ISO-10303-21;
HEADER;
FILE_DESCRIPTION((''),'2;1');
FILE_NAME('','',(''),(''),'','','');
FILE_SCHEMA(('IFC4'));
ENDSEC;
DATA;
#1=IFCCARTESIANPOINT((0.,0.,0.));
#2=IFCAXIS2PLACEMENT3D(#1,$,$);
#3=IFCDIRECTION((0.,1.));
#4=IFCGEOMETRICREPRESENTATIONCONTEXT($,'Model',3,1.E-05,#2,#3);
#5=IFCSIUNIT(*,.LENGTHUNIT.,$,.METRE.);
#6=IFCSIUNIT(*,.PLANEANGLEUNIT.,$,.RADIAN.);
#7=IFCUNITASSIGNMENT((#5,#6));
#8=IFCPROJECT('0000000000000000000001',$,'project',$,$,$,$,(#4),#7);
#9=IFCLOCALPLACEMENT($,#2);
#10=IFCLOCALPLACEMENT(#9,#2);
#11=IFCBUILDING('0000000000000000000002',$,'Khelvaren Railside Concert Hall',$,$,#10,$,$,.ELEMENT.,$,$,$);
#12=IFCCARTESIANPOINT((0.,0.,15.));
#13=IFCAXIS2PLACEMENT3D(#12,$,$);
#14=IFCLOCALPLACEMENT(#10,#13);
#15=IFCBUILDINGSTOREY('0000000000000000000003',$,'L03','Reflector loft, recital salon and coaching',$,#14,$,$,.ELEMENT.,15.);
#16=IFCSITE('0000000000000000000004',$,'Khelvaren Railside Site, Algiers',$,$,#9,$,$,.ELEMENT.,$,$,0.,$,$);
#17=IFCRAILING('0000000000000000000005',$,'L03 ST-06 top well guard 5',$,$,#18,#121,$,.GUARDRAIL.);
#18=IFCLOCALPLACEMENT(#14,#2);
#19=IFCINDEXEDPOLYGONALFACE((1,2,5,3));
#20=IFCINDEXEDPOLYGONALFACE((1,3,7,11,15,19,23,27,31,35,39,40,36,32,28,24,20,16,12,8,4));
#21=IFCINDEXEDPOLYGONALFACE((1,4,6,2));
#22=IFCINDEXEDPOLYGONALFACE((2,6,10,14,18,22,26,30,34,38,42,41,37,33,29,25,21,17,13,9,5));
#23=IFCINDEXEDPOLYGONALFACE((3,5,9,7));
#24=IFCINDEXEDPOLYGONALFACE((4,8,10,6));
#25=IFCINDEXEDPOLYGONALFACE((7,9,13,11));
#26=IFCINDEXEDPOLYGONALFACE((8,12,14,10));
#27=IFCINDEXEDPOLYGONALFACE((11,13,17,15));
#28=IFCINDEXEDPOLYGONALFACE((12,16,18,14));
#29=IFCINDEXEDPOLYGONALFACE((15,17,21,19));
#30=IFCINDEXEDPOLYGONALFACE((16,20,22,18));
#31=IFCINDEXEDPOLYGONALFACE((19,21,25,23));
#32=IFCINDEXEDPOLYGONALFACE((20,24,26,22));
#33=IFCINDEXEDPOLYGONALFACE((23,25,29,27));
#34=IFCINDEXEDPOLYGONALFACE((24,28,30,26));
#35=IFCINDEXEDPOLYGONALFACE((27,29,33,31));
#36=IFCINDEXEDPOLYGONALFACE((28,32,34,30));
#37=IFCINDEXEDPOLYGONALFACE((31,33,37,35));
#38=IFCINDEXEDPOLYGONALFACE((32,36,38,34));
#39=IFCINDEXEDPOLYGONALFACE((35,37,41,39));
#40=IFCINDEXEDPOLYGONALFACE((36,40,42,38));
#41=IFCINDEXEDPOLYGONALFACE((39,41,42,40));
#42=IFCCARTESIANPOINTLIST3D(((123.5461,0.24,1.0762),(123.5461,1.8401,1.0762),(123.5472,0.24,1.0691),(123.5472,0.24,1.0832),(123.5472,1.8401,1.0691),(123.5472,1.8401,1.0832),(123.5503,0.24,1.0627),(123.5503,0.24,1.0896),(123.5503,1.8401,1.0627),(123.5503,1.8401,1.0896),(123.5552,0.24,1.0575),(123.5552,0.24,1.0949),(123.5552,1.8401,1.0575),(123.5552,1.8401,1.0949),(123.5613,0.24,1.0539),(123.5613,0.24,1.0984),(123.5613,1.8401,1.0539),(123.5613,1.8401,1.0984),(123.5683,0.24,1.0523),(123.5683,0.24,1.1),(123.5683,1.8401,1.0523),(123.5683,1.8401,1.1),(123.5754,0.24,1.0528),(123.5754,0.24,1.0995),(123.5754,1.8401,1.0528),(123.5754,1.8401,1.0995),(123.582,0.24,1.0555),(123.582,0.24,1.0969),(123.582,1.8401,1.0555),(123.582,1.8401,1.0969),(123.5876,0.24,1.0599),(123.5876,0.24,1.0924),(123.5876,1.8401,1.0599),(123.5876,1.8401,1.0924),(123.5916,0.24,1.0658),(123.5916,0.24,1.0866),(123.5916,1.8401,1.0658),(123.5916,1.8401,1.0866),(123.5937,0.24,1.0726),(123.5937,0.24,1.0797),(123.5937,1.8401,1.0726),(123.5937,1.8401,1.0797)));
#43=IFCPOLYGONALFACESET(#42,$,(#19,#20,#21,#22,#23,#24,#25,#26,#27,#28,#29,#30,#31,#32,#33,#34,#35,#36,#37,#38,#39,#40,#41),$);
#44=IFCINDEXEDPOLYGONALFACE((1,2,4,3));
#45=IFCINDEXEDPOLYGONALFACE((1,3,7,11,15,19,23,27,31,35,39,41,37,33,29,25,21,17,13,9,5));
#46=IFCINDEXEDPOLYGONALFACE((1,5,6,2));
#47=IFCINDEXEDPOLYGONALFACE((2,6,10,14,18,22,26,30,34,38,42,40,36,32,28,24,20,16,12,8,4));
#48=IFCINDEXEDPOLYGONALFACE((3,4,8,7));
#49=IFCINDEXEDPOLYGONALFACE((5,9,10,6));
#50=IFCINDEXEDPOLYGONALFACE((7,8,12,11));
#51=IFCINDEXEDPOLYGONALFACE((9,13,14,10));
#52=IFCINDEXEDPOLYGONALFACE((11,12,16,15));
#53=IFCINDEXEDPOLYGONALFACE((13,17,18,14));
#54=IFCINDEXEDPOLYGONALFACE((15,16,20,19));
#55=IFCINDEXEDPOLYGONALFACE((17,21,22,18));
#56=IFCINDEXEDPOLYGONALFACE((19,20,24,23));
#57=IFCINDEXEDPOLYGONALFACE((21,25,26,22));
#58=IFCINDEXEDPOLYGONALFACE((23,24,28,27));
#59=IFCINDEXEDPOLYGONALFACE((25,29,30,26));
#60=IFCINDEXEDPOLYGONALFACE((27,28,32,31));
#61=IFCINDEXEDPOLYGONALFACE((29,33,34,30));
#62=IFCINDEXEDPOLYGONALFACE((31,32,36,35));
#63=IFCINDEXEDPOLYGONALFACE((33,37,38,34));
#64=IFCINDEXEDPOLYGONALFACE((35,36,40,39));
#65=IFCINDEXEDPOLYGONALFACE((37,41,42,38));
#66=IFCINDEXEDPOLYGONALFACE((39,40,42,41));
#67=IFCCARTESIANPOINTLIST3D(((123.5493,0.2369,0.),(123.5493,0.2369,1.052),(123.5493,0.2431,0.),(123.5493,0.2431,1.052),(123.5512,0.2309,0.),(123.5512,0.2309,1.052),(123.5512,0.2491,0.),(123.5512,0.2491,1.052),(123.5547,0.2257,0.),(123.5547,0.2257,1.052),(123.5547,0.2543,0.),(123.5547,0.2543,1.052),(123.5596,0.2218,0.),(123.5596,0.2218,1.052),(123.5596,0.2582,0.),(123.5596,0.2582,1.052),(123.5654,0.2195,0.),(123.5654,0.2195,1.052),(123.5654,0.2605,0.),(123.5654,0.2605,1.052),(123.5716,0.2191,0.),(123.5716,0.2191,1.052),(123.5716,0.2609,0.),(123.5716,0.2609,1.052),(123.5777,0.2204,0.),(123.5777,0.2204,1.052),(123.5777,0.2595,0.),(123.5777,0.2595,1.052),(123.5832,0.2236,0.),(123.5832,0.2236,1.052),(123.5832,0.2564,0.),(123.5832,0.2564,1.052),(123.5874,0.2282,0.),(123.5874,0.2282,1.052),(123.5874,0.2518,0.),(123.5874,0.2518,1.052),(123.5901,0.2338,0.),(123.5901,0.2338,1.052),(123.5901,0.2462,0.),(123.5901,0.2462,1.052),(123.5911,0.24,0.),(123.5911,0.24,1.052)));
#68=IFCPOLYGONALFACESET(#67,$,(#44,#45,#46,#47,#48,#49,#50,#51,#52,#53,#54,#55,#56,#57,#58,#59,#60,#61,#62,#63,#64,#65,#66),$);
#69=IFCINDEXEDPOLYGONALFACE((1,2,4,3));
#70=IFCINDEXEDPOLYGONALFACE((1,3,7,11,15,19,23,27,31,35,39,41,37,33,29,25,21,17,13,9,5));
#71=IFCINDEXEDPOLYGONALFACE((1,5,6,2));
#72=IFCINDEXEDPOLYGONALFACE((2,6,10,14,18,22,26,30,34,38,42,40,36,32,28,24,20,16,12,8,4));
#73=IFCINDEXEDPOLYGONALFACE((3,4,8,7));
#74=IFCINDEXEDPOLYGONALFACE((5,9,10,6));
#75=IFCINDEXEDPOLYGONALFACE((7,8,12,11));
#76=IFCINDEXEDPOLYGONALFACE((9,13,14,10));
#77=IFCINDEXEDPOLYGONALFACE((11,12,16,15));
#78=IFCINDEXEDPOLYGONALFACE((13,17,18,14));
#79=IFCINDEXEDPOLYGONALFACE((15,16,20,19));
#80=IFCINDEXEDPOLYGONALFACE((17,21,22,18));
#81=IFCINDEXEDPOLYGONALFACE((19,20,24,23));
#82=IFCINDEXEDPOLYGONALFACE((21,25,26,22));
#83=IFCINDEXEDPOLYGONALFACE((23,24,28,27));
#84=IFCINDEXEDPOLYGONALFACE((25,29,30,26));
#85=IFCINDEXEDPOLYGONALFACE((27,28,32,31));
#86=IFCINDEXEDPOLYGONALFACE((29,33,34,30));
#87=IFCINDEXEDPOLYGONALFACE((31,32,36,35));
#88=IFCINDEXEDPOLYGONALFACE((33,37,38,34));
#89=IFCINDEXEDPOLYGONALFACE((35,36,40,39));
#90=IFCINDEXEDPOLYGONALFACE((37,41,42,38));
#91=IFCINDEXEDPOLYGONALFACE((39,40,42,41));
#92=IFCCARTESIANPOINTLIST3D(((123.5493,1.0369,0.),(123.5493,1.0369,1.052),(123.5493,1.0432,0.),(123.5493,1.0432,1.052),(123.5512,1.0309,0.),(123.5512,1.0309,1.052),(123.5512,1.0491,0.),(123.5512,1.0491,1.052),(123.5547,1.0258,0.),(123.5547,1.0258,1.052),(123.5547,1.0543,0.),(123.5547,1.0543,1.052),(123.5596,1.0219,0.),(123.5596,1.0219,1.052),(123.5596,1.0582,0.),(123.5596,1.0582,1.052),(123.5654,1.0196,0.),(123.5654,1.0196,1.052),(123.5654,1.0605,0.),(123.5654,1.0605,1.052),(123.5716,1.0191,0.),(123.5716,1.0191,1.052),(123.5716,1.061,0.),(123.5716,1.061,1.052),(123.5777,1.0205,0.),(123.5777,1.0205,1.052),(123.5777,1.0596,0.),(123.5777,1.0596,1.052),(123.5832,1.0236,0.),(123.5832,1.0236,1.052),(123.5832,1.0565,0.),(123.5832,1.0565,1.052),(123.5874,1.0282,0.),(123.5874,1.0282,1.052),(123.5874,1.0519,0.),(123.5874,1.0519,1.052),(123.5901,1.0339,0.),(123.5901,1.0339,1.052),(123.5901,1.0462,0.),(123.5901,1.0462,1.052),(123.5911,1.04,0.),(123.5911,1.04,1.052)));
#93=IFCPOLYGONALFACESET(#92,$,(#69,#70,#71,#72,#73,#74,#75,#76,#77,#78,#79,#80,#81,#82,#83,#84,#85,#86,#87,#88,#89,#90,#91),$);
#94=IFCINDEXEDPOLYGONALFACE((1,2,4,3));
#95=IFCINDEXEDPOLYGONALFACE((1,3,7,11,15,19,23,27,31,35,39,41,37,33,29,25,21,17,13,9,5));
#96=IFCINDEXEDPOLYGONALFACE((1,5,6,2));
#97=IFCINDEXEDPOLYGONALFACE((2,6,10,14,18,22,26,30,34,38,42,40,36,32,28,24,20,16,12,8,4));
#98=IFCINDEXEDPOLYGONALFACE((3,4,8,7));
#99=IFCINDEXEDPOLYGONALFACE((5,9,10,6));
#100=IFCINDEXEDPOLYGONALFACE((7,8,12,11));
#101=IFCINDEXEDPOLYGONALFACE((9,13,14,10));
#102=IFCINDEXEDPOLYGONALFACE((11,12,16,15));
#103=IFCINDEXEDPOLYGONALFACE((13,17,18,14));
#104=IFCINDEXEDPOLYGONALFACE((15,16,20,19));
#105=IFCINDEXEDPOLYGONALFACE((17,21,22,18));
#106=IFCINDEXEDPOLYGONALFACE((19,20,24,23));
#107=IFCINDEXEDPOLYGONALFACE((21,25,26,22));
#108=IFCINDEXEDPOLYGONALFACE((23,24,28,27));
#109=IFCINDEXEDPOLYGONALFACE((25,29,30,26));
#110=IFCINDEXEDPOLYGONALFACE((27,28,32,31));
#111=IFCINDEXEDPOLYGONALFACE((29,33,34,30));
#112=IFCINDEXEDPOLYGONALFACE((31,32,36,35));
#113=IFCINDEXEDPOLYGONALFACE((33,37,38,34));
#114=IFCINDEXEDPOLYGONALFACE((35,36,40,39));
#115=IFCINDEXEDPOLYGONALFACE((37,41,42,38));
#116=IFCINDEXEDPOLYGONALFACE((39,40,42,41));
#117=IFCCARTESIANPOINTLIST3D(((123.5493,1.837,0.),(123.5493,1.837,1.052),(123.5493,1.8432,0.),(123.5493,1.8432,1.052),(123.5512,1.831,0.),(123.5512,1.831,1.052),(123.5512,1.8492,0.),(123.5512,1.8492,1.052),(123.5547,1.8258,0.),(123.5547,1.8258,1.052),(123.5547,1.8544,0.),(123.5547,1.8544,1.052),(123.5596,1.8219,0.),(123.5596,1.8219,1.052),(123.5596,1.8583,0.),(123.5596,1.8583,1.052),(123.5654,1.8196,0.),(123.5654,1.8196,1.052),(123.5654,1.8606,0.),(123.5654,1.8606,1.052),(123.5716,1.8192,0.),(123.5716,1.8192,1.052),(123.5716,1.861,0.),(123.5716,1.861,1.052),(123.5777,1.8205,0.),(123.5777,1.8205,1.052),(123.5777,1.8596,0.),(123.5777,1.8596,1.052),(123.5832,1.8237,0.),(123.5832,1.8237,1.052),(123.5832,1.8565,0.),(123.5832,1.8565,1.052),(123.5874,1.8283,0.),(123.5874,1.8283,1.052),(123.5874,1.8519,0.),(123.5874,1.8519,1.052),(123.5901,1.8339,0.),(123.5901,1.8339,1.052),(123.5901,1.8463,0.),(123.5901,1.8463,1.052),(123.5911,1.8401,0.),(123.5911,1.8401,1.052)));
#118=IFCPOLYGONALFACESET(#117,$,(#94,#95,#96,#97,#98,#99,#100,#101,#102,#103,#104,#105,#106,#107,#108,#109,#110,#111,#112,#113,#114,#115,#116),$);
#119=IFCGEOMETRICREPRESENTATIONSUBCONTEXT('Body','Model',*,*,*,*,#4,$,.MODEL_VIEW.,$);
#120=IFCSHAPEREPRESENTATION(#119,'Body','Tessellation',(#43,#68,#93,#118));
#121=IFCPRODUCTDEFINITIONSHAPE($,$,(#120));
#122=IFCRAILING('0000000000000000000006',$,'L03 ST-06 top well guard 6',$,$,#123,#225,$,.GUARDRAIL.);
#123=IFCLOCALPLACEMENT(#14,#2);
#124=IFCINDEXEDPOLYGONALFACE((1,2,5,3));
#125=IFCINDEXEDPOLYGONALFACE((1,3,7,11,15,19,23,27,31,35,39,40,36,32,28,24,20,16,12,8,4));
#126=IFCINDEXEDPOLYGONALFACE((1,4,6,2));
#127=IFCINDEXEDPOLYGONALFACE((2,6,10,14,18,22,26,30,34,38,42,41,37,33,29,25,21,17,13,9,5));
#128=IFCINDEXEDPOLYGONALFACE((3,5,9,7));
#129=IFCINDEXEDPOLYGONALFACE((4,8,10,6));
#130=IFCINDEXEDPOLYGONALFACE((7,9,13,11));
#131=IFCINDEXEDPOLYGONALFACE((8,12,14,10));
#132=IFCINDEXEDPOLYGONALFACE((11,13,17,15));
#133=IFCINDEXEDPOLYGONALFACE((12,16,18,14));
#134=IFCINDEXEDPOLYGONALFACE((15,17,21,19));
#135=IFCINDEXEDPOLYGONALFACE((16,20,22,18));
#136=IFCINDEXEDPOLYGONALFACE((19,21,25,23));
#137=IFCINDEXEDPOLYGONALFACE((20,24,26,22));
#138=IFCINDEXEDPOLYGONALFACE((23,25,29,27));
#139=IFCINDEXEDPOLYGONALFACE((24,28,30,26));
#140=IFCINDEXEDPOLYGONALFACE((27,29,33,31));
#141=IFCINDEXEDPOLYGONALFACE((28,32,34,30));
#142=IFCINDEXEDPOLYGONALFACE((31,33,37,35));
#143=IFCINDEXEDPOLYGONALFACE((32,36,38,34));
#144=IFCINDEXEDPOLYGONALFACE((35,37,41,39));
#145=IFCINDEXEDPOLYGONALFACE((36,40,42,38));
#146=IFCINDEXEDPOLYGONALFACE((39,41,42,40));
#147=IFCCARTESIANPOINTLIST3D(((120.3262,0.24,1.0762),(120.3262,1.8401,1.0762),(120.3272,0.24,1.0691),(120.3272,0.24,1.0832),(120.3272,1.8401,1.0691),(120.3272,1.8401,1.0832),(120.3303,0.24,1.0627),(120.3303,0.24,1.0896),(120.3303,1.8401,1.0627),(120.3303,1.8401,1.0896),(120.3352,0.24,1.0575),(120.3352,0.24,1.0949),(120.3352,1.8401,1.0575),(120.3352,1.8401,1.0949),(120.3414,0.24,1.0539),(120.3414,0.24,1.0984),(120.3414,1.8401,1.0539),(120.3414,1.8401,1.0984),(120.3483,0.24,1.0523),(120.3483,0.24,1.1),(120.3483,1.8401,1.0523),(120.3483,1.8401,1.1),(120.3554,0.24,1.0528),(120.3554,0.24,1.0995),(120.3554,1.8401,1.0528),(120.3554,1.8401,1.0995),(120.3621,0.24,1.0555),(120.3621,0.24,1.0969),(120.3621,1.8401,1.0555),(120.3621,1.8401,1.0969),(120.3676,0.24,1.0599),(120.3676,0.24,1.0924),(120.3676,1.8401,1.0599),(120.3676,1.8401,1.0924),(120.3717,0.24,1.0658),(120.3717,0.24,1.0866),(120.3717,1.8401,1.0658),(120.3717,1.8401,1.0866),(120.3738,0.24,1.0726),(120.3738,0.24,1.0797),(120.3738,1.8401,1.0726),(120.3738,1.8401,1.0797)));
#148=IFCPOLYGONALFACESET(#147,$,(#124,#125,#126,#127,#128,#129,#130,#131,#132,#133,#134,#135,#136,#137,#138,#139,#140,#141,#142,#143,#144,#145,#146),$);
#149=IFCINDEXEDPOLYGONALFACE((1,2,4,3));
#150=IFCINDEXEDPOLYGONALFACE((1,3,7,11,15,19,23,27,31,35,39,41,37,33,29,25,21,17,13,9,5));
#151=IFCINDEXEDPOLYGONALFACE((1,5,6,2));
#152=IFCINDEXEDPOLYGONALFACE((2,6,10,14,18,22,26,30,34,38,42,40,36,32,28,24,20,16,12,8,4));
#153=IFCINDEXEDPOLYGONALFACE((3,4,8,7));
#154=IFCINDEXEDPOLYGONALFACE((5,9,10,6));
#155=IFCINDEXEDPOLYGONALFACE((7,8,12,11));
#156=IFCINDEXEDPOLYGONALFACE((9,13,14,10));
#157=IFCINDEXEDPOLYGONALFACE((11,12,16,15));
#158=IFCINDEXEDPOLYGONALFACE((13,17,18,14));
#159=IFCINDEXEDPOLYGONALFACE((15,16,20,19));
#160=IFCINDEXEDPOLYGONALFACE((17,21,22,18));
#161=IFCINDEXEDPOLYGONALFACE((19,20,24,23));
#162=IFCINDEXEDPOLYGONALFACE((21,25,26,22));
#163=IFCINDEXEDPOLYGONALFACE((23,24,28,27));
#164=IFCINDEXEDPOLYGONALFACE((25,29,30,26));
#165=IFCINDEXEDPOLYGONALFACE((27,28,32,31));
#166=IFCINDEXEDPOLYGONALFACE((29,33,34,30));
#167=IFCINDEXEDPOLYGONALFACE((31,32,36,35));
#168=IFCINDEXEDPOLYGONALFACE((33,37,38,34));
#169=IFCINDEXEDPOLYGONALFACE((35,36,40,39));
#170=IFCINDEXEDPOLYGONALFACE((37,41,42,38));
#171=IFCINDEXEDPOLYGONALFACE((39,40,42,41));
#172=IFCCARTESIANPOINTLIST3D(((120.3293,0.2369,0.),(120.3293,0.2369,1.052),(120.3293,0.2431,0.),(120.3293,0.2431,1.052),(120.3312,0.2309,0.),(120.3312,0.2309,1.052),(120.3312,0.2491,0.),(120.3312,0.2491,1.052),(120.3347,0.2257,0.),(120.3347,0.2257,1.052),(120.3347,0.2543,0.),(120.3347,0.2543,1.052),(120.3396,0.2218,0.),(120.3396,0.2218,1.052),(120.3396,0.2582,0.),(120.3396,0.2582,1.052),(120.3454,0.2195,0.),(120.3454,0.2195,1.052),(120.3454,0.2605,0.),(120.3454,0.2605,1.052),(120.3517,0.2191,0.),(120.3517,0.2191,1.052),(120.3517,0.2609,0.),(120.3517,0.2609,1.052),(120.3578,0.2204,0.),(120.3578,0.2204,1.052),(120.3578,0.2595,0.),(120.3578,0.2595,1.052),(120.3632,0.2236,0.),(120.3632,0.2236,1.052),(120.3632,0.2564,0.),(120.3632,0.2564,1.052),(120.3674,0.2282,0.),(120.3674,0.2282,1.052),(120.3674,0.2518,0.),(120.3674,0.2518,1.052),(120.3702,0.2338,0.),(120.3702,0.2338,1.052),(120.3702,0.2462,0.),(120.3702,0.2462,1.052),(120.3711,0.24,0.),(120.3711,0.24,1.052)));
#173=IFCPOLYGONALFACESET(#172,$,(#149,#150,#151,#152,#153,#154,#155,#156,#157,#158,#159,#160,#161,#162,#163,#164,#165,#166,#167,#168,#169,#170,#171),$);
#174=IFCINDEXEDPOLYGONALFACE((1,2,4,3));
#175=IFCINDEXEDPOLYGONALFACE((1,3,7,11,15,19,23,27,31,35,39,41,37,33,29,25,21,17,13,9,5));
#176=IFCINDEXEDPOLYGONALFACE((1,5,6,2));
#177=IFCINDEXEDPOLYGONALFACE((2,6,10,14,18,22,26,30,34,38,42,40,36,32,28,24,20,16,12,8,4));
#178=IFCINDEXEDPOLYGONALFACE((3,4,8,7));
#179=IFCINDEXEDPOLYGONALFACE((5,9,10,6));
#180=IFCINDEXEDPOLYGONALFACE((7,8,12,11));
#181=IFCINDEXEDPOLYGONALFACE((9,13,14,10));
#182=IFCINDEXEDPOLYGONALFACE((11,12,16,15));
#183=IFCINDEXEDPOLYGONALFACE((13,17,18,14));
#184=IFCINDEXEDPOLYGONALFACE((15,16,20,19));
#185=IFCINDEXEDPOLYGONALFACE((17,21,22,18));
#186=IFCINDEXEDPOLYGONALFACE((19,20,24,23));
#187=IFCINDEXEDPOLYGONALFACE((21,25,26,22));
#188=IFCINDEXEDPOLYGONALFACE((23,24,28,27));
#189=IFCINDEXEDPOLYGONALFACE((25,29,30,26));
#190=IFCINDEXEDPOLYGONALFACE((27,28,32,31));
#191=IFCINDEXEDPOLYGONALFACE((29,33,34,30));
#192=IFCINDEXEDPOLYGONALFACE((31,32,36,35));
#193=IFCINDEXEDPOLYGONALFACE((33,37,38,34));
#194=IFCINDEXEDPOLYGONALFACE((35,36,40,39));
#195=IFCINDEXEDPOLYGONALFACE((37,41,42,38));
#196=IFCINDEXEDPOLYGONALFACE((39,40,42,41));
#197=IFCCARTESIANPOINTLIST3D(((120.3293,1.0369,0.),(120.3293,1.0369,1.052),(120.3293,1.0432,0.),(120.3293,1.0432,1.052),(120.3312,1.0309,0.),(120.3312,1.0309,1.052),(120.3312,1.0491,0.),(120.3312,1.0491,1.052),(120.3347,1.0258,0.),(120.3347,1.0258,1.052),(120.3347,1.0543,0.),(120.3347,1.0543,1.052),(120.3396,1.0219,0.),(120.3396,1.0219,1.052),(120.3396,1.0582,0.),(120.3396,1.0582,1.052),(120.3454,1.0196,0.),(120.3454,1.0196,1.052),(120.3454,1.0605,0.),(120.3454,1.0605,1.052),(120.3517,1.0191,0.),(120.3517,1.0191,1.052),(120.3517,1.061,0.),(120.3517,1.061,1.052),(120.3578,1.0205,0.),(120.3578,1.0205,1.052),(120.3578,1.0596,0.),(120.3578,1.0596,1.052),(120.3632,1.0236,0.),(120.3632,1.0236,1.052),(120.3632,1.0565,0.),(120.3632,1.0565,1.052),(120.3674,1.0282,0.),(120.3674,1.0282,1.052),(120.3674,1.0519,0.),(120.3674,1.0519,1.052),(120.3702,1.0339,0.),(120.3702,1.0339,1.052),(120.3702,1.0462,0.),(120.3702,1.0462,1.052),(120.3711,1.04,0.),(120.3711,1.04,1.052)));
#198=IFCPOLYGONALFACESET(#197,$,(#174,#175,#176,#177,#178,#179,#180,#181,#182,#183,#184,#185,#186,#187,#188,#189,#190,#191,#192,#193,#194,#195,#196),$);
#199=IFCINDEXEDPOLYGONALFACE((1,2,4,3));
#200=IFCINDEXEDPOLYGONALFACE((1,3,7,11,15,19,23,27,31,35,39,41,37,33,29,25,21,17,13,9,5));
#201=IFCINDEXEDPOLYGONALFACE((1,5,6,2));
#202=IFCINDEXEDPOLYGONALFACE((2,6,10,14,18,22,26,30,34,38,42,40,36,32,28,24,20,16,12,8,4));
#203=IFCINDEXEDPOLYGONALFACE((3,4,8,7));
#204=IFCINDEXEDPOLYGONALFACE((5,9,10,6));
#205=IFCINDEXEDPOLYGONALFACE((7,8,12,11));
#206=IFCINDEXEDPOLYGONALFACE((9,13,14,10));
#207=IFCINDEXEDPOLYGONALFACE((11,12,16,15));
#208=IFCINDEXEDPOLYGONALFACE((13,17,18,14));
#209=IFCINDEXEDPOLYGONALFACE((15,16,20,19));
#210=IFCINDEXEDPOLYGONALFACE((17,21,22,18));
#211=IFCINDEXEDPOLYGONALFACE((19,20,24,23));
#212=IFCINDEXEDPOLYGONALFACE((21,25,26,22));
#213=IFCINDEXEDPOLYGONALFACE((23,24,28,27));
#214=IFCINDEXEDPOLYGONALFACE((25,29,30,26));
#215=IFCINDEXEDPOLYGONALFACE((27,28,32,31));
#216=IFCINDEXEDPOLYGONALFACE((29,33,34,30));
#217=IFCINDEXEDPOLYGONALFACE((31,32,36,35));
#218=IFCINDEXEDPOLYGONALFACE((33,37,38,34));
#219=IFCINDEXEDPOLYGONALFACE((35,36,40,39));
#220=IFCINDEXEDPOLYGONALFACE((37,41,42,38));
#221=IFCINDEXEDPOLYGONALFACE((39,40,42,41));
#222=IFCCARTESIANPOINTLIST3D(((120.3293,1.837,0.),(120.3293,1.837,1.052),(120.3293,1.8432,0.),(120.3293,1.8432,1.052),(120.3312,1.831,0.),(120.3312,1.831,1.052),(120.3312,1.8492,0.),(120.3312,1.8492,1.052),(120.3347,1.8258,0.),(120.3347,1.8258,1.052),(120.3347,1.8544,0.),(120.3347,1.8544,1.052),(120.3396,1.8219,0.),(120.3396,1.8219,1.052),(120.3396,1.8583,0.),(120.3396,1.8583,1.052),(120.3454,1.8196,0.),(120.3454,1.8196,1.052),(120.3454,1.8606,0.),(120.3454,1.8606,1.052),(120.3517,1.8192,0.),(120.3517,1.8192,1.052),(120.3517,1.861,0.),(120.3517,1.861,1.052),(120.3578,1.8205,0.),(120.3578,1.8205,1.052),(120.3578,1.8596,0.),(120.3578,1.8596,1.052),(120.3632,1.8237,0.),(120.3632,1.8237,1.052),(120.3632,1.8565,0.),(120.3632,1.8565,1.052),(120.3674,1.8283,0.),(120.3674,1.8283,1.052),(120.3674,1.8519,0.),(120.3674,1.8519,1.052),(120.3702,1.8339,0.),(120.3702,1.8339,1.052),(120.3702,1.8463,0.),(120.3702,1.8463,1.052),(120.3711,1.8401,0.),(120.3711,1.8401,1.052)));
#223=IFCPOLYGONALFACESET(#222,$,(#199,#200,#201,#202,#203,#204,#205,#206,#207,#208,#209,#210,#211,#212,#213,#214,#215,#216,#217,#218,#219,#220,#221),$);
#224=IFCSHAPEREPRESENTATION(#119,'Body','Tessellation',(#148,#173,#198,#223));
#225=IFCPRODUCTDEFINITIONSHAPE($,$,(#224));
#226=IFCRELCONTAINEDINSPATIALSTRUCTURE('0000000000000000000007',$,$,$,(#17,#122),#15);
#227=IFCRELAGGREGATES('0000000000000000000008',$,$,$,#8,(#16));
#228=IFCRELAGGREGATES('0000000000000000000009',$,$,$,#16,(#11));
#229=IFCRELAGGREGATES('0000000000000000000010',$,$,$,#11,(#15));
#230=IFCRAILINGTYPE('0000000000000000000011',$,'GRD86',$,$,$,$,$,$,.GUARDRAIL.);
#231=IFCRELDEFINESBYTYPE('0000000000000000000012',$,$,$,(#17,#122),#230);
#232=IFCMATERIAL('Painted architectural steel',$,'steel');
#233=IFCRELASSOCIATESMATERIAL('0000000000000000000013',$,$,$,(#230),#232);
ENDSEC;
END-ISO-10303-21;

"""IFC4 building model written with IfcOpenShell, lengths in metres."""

from ifc_helpers import new_model, si_unit, direction, frame, origin, origin_2d, place, context, subcontext, project, spatial, circle, extrude, material, type_object, element, save


model = new_model("IFC4")

# Units and contexts
model_context = context("Model", 3, precision=1e-05, world=origin(), true_north=direction((0.0, 1.0)))
body_context = subcontext(model_context, "Body", "Model", "MODEL_VIEW")
ifc_project = project(units=[si_unit("LENGTHUNIT", "METRE"), si_unit("PLANEANGLEUNIT", "RADIAN")], contexts=[model_context])

# Site, building, storey
site_placement = place(None, origin())
site = spatial("IfcSite", under=ifc_project, at=site_placement, Name="Khelvaren Railside Site, Algiers", CompositionType="ELEMENT", RefElevation=0.0)
building_placement = place(site_placement, origin())
building = spatial("IfcBuilding", under=site, at=building_placement, Name="Khelvaren Railside Concert Hall", CompositionType="ELEMENT")
storey_placement = place(building_placement, frame((0.0, 0.0, 15.0)))
storey = spatial("IfcBuildingStorey", under=building, at=storey_placement, Name="L03", Description="Reflector loft, recital salon and coaching", CompositionType="ELEMENT", Elevation=15.0)

# Railings
ifc_material_1 = material(Name="Painted architectural steel", Category="steel")
railing_type = type_object("IfcRailingType", Name="GRD86", PredefinedType="GUARDRAIL", material=ifc_material_1)
for number, where, name in (
    (1, (123.5701, 0.24, 0.0), "L03 ST-06 top well guard 5"),
    (2, (120.3501, 0.24, 0.0), "L03 ST-06 top well guard 6"),
):
    element("IfcRailing", number, at=place(storey_placement, frame(where)), inside=storey, type_object=railing_type, Name=name, PredefinedType="GUARDRAIL", context=body_context, shape_type="SweptSolid", body=[
        extrude(circle(Radius=0.0239, at=origin_2d()), frame((0.0, 0.0, 1.0762), z_axis=(0.0, 1.0, 0.0), x_axis=(-1.0, 0.0, 0.0)), (0.0, 0.0, 1.0), 1.6001),
        extrude(circle(Radius=0.021, at=origin_2d()), origin(), (0.0, 0.0, 1.0), 1.052),
        extrude(circle(Radius=0.021, at=origin_2d()), frame((0.0, 0.8, 0.0)), (0.0, 0.0, 1.0), 1.052),
        extrude(circle(Radius=0.021, at=origin_2d()), frame((0.0, 1.6001, 0.0)), (0.0, 0.0, 1.0), 1.052),
    ])

save(model, "model.ifc")
